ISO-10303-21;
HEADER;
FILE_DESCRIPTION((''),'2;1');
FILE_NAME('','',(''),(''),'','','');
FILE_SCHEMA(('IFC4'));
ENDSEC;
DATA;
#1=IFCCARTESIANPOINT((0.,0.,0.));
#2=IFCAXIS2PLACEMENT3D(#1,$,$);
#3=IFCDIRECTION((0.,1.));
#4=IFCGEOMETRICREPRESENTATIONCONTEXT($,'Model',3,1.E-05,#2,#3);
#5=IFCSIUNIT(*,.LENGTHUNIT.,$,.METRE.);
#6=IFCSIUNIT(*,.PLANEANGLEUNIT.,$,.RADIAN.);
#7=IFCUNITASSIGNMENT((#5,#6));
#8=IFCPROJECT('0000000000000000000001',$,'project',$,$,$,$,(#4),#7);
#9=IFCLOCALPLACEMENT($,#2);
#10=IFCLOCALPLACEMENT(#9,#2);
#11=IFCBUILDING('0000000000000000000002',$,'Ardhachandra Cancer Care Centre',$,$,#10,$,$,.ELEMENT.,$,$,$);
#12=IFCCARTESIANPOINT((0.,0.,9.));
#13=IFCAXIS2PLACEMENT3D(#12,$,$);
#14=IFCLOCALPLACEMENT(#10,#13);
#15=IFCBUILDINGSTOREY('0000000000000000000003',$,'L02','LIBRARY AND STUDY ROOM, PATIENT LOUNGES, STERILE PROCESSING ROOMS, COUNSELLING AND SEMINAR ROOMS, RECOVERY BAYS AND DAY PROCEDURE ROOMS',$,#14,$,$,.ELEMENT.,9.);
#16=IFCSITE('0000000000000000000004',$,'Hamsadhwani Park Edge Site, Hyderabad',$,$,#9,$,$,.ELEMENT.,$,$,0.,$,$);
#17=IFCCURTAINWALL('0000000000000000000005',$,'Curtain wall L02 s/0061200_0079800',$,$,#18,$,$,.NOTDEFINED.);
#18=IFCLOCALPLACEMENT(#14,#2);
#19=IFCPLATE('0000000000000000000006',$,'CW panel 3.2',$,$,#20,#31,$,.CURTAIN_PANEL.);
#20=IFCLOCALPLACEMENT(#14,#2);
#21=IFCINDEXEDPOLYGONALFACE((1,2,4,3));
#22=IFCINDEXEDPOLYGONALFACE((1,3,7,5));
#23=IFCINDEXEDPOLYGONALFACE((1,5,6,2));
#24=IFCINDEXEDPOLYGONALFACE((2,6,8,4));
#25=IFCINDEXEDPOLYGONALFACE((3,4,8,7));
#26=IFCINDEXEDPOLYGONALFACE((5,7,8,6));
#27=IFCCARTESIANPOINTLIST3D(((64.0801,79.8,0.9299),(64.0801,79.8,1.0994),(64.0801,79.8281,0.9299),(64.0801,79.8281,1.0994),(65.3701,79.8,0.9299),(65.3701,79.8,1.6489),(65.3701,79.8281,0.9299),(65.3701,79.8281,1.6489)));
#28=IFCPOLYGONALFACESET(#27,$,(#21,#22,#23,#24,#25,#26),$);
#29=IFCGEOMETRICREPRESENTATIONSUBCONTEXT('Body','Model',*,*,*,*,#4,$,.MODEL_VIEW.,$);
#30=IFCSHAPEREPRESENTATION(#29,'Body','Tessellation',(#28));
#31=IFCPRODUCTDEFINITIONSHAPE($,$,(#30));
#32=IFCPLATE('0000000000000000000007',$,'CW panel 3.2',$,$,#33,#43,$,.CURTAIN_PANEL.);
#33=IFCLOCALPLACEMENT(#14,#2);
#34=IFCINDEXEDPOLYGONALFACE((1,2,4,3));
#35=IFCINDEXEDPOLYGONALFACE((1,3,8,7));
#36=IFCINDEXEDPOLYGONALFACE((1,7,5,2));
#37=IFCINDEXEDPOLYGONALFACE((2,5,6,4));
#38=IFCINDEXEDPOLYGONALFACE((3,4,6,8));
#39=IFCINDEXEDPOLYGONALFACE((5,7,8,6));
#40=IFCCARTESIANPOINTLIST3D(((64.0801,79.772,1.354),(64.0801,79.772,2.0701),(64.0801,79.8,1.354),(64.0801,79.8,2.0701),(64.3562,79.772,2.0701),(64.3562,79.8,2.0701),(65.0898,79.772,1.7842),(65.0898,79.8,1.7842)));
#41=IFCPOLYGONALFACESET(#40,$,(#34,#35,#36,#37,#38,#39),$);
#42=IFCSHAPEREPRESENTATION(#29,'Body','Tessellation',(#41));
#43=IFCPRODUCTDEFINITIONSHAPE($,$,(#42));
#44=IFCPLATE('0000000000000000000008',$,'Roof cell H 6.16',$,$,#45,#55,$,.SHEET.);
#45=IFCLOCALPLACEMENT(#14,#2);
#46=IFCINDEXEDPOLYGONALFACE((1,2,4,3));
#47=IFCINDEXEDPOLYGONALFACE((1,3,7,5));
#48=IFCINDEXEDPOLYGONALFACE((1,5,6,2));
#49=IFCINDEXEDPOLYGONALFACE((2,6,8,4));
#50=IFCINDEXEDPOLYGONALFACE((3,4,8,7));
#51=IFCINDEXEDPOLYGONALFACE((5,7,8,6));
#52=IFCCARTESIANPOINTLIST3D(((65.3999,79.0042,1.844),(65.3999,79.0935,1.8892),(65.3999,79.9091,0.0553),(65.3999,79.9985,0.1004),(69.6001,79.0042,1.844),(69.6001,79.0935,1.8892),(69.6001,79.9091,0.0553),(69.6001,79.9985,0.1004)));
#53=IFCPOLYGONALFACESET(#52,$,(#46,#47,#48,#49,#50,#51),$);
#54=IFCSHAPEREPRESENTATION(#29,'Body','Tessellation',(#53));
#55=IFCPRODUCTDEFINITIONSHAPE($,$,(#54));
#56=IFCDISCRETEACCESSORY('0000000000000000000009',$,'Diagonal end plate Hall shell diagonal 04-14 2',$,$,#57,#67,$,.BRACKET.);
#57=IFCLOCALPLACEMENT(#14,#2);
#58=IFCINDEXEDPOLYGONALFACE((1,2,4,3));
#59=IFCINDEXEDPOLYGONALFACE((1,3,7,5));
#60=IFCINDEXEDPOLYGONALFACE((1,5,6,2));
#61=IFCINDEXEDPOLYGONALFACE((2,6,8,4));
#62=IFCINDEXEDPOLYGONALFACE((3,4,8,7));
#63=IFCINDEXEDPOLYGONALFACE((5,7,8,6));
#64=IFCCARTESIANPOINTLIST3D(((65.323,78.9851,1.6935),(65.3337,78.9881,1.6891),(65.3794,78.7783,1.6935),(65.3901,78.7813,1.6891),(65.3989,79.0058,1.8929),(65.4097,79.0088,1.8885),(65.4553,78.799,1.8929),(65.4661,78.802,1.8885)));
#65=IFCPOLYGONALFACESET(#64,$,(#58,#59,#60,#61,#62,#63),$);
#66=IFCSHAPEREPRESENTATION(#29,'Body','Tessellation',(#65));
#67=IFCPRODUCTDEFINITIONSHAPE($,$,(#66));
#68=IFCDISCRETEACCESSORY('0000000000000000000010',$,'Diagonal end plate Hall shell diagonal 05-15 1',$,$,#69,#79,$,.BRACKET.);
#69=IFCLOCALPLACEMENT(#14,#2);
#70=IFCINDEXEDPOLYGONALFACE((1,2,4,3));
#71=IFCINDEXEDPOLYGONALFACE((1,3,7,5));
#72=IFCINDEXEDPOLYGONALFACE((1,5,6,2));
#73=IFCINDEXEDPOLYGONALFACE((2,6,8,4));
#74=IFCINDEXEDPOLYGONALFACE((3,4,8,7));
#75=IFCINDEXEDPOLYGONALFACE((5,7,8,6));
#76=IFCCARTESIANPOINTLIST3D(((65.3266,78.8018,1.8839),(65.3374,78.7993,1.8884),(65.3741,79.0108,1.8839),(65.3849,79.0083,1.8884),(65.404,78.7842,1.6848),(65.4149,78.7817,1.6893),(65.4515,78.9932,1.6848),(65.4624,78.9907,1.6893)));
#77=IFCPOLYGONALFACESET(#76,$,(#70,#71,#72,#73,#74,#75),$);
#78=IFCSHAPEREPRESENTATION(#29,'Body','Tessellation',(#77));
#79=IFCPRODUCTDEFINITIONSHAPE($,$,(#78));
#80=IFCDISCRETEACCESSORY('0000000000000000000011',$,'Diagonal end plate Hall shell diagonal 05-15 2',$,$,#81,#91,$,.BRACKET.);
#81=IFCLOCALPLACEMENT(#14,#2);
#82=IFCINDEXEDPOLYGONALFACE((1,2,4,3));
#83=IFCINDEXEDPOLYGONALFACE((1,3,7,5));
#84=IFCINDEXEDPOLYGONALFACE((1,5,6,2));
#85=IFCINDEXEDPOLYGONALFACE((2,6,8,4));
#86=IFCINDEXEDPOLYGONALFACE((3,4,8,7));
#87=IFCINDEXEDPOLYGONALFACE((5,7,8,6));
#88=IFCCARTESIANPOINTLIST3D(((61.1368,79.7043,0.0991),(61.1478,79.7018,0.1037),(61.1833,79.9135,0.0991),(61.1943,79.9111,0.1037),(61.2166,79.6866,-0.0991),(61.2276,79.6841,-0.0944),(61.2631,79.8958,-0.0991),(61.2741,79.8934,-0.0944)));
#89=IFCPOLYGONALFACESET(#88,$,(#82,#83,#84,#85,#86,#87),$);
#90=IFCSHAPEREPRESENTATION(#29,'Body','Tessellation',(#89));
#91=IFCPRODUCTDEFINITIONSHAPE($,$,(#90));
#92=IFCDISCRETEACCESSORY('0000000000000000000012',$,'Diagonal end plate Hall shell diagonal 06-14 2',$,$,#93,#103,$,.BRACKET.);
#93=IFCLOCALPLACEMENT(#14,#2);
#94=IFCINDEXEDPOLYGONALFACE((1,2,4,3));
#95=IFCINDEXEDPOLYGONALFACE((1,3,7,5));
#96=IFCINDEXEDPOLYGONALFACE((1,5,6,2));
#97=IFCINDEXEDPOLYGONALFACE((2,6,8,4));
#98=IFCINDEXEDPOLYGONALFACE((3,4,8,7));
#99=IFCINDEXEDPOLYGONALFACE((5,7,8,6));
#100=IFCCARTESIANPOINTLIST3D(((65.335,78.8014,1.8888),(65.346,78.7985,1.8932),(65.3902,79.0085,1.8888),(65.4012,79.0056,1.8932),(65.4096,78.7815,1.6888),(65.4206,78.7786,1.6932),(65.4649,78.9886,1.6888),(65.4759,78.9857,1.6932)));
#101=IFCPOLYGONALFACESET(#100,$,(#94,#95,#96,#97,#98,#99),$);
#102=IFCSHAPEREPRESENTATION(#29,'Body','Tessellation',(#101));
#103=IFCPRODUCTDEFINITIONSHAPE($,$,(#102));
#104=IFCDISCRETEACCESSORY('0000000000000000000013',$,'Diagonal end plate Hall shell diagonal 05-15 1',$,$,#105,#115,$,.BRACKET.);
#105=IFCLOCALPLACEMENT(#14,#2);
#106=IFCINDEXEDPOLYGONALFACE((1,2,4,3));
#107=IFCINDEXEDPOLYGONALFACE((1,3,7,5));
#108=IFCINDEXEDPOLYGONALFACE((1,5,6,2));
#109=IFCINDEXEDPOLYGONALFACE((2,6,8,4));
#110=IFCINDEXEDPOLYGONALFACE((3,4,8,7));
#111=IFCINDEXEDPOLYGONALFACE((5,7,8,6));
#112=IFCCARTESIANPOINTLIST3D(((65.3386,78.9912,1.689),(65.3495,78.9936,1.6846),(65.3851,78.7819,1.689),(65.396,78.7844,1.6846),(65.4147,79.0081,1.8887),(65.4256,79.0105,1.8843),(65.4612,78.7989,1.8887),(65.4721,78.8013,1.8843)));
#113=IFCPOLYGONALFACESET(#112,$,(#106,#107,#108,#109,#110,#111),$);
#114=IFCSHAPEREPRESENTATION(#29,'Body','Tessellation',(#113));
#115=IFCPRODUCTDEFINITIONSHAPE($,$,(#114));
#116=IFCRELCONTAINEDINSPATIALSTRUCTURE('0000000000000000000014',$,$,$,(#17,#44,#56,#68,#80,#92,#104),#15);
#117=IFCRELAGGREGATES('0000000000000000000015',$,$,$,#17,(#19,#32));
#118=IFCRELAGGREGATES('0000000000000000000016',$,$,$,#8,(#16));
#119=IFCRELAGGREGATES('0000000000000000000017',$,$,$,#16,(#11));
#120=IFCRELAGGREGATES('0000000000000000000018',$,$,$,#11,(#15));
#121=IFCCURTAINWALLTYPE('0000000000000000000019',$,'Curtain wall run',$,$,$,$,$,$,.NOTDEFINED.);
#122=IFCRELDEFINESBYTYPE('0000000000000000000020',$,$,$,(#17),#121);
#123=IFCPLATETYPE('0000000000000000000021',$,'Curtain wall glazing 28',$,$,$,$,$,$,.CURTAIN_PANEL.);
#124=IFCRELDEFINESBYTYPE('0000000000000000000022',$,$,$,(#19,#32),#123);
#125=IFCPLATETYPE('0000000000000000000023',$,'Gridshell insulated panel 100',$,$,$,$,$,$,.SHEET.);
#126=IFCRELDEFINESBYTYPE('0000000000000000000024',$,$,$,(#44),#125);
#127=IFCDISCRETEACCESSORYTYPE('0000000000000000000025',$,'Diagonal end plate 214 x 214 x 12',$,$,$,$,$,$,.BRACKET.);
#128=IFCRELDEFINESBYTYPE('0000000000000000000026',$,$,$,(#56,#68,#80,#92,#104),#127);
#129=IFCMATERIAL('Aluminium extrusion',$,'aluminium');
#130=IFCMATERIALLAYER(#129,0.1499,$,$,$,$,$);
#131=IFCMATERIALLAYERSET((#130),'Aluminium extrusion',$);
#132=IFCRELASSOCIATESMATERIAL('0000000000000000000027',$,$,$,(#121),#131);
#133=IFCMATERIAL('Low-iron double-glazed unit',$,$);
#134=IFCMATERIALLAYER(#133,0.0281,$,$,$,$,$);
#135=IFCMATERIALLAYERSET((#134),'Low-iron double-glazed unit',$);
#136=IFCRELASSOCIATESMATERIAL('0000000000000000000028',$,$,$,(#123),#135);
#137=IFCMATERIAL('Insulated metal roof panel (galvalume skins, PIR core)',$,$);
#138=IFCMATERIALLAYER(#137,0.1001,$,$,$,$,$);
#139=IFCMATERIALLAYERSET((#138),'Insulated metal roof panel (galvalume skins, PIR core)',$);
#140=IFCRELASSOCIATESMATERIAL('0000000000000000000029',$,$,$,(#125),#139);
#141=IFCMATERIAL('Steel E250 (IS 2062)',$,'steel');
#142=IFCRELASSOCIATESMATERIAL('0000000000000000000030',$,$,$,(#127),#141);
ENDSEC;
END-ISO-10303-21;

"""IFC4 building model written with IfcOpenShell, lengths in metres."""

from ifc_helpers import new_model, si_unit, direction, frame, origin, origin_2d, place, context, subcontext, project, spatial, polyline, rectangle, outline, extrude, material, layer, layer_set, material_profile, profile_set, type_object, element, aggregate, save


model = new_model("IFC4")

# Units and contexts
model_context = context("Model", 3, precision=1e-05, world=origin(), true_north=direction((0.0, 1.0)))
body_context = subcontext(model_context, "Body", "Model", "MODEL_VIEW")
ifc_project = project(units=[si_unit("LENGTHUNIT", "METRE"), si_unit("PLANEANGLEUNIT", "RADIAN")], contexts=[model_context])

# Site, building, storey
site_placement = place(None, origin())
site = spatial("IfcSite", under=ifc_project, at=site_placement, Name="Hamsadhwani Park Edge Site, Hyderabad", CompositionType="ELEMENT", RefElevation=0.0)
building_placement = place(site_placement, origin())
building = spatial("IfcBuilding", under=site, at=building_placement, Name="Ardhachandra Cancer Care Centre", CompositionType="ELEMENT")
storey_placement = place(building_placement, frame((0.0, 0.0, 9.0)))
storey = spatial("IfcBuildingStorey", under=building, at=storey_placement, Name="L02", Description="LIBRARY AND STUDY ROOM, PATIENT LOUNGES, STERILE PROCESSING ROOMS, COUNSELLING AND SEMINAR ROOMS, RECOVERY BAYS AND DAY PROCEDURE ROOMS", CompositionType="ELEMENT", Elevation=9.0)

# Curtain wall
ifc_material_1 = material(Name="Aluminium extrusion", Category="aluminium")
ifc_layer_1 = layer(ifc_material_1, 0.1499)
ifc_layer_set_1 = layer_set([ifc_layer_1], Name="Aluminium extrusion")
curtain_wall_type = type_object("IfcCurtainWallType", Name="Curtain wall run", PredefinedType="NOTDEFINED", material=ifc_layer_set_1)
curtain_wall_placement = place(storey_placement, origin())
curtain_wall = element("IfcCurtainWall", 1, at=curtain_wall_placement, inside=storey, type_object=curtain_wall_type, Name="Curtain wall L02 s/0061200_0079800", PredefinedType="NOTDEFINED")

# Plates
ifc_material_2 = material(Name="Low-iron double-glazed unit")
ifc_layer_2 = layer(ifc_material_2, 0.0281)
ifc_layer_set_2 = layer_set([ifc_layer_2], Name="Low-iron double-glazed unit")
plate_type_1 = type_object("IfcPlateType", Name="Curtain wall glazing 28", PredefinedType="CURTAIN_PANEL", material=ifc_layer_set_2)
plate_1_placement = place(storey_placement, frame((65.3701, 79.8, 0.9299), z_axis=(0.0, 1.0, 0.0), x_axis=(-1.0, 0.0, 0.0)))
plate_1 = element("IfcPlate", 2, at=plate_1_placement, type_object=plate_type_1, Name="CW panel 3.2", PredefinedType="CURTAIN_PANEL", context=body_context, shape_type="SweptSolid", body=[
    extrude(outline(polyline([(0.0, 0.0), (1.29, 0.0), (1.29, 0.1694), (0.0, 0.719), (0.0, 0.0)])), origin(), (0.0, 0.0, 1.0), 0.0281),
])
plate_2_placement = place(storey_placement, frame((64.0801, 79.8, 2.0701), z_axis=(0.0, 1.0, 0.0), x_axis=(1.0, 0.0, 0.0)))
plate_2 = element("IfcPlate", 3, at=plate_2_placement, type_object=plate_type_1, Name="CW panel 3.2", PredefinedType="CURTAIN_PANEL", context=body_context, shape_type="SweptSolid", body=[
    extrude(outline(polyline([(0.0, 0.0), (0.2761, 0.0), (1.0098, 0.2859), (0.0, 0.7161), (0.0, 0.0)])), frame((0.0, 0.0, -0.0281)), (0.0, 0.0, 1.0), 0.0281),
])
aggregate(curtain_wall, [plate_1, plate_2])
ifc_material_3 = material(Name="Insulated metal roof panel (galvalume skins, PIR core)")
ifc_layer_3 = layer(ifc_material_3, 0.1001)
ifc_layer_set_3 = layer_set([ifc_layer_3], Name="Insulated metal roof panel (galvalume skins, PIR core)")
plate_type_2 = type_object("IfcPlateType", Name="Gridshell insulated panel 100", PredefinedType="SHEET", material=ifc_layer_set_3)
plate_3_placement = place(storey_placement, frame((65.3999, 79.0042, 1.844), z_axis=(0.0, 0.892298, 0.451447), x_axis=(1.0, 0.0, 0.0)))
element("IfcPlate", 4, at=plate_3_placement, inside=storey, type_object=plate_type_2, Name="Roof cell H 6.16", PredefinedType="SHEET", context=body_context, shape_type="SweptSolid", body=[
    extrude(outline(polyline([(0.0, 0.0), (4.2002, 0.0), (4.2002, 2.0046), (0.0, 2.0046), (0.0, 0.0)])), origin(), (0.0, 0.0, 1.0), 0.1001),
])

# Discrete accessories
ifc_material_4 = material(Name="Steel E250 (IS 2062)", Category="steel")
ifc_material_profile_1 = material_profile(ifc_material_4, rectangle(XDim=0.2144, YDim=0.2144, at=origin_2d()), Name="PL 214x214x12")
ifc_profile_set_1 = profile_set([ifc_material_profile_1], Name="Steel E250 (IS 2062)")
discrete_accessory_type = type_object("IfcDiscreteAccessoryType", Name="Diagonal end plate 214 x 214 x 12", PredefinedType="BRACKET", material=ifc_profile_set_1)
for number, where, z_axis, x_axis, name in (
    (5, (65.3999, 78.895, 1.7888), (-0.897399, -0.244745, 0.367118), (0.263117, -0.964764, 0.0), "Diagonal end plate Hall shell diagonal 04-14 2"),
    (6, (65.3999, 78.895, 1.7888), (-0.905726, 0.205847, -0.370524), (-0.221621, -0.975133, 0.0), "Diagonal end plate Hall shell diagonal 05-15 1"),
):
    element("IfcDiscreteAccessory", number, at=place(storey_placement, frame(where, z_axis=z_axis, x_axis=x_axis)), inside=storey, type_object=discrete_accessory_type, Name=name, PredefinedType="BRACKET", context=body_context, shape_type="SweptSolid", body=[
        extrude(rectangle(XDim=0.2144, YDim=0.2144, at=origin_2d()), origin(), (0.0, 0.0, 1.0), 0.012),
    ])
for number, where, z_axis, x_axis, name in (
    (7, (61.2, 79.8, 0.0), (0.902531, -0.200562, 0.381068), (0.21693, 0.976187, 0.0), "Diagonal end plate Hall shell diagonal 05-15 2"),
    (8, (65.3999, 78.895, 1.7888), (0.901263, -0.240337, 0.360505), (0.257663, 0.966235, 0.0), "Diagonal end plate Hall shell diagonal 06-14 2"),
):
    element("IfcDiscreteAccessory", number, at=place(storey_placement, frame(where, z_axis=z_axis, x_axis=x_axis)), inside=storey, type_object=discrete_accessory_type, Name=name, PredefinedType="BRACKET", context=body_context, shape_type="SweptSolid", body=[
        extrude(rectangle(XDim=0.2144, YDim=0.2144, at=origin_2d()), origin(), (0.0, 0.0, 1.0), 0.0122),
    ])
discrete_accessory_placement = place(storey_placement, frame((65.3999, 78.895, 1.7888), z_axis=(0.909323, 0.202072, -0.363729), x_axis=(-0.21693, 0.976187, 0.0)))
element("IfcDiscreteAccessory", 9, at=discrete_accessory_placement, inside=storey, type_object=discrete_accessory_type, Name="Diagonal end plate Hall shell diagonal 05-15 1", PredefinedType="BRACKET", context=body_context, shape_type="SweptSolid", body=[
    extrude(rectangle(XDim=0.2144, YDim=0.2144, at=origin_2d()), origin(), (0.0, 0.0, 1.0), 0.012),
])

save(model, "model.ifc")
